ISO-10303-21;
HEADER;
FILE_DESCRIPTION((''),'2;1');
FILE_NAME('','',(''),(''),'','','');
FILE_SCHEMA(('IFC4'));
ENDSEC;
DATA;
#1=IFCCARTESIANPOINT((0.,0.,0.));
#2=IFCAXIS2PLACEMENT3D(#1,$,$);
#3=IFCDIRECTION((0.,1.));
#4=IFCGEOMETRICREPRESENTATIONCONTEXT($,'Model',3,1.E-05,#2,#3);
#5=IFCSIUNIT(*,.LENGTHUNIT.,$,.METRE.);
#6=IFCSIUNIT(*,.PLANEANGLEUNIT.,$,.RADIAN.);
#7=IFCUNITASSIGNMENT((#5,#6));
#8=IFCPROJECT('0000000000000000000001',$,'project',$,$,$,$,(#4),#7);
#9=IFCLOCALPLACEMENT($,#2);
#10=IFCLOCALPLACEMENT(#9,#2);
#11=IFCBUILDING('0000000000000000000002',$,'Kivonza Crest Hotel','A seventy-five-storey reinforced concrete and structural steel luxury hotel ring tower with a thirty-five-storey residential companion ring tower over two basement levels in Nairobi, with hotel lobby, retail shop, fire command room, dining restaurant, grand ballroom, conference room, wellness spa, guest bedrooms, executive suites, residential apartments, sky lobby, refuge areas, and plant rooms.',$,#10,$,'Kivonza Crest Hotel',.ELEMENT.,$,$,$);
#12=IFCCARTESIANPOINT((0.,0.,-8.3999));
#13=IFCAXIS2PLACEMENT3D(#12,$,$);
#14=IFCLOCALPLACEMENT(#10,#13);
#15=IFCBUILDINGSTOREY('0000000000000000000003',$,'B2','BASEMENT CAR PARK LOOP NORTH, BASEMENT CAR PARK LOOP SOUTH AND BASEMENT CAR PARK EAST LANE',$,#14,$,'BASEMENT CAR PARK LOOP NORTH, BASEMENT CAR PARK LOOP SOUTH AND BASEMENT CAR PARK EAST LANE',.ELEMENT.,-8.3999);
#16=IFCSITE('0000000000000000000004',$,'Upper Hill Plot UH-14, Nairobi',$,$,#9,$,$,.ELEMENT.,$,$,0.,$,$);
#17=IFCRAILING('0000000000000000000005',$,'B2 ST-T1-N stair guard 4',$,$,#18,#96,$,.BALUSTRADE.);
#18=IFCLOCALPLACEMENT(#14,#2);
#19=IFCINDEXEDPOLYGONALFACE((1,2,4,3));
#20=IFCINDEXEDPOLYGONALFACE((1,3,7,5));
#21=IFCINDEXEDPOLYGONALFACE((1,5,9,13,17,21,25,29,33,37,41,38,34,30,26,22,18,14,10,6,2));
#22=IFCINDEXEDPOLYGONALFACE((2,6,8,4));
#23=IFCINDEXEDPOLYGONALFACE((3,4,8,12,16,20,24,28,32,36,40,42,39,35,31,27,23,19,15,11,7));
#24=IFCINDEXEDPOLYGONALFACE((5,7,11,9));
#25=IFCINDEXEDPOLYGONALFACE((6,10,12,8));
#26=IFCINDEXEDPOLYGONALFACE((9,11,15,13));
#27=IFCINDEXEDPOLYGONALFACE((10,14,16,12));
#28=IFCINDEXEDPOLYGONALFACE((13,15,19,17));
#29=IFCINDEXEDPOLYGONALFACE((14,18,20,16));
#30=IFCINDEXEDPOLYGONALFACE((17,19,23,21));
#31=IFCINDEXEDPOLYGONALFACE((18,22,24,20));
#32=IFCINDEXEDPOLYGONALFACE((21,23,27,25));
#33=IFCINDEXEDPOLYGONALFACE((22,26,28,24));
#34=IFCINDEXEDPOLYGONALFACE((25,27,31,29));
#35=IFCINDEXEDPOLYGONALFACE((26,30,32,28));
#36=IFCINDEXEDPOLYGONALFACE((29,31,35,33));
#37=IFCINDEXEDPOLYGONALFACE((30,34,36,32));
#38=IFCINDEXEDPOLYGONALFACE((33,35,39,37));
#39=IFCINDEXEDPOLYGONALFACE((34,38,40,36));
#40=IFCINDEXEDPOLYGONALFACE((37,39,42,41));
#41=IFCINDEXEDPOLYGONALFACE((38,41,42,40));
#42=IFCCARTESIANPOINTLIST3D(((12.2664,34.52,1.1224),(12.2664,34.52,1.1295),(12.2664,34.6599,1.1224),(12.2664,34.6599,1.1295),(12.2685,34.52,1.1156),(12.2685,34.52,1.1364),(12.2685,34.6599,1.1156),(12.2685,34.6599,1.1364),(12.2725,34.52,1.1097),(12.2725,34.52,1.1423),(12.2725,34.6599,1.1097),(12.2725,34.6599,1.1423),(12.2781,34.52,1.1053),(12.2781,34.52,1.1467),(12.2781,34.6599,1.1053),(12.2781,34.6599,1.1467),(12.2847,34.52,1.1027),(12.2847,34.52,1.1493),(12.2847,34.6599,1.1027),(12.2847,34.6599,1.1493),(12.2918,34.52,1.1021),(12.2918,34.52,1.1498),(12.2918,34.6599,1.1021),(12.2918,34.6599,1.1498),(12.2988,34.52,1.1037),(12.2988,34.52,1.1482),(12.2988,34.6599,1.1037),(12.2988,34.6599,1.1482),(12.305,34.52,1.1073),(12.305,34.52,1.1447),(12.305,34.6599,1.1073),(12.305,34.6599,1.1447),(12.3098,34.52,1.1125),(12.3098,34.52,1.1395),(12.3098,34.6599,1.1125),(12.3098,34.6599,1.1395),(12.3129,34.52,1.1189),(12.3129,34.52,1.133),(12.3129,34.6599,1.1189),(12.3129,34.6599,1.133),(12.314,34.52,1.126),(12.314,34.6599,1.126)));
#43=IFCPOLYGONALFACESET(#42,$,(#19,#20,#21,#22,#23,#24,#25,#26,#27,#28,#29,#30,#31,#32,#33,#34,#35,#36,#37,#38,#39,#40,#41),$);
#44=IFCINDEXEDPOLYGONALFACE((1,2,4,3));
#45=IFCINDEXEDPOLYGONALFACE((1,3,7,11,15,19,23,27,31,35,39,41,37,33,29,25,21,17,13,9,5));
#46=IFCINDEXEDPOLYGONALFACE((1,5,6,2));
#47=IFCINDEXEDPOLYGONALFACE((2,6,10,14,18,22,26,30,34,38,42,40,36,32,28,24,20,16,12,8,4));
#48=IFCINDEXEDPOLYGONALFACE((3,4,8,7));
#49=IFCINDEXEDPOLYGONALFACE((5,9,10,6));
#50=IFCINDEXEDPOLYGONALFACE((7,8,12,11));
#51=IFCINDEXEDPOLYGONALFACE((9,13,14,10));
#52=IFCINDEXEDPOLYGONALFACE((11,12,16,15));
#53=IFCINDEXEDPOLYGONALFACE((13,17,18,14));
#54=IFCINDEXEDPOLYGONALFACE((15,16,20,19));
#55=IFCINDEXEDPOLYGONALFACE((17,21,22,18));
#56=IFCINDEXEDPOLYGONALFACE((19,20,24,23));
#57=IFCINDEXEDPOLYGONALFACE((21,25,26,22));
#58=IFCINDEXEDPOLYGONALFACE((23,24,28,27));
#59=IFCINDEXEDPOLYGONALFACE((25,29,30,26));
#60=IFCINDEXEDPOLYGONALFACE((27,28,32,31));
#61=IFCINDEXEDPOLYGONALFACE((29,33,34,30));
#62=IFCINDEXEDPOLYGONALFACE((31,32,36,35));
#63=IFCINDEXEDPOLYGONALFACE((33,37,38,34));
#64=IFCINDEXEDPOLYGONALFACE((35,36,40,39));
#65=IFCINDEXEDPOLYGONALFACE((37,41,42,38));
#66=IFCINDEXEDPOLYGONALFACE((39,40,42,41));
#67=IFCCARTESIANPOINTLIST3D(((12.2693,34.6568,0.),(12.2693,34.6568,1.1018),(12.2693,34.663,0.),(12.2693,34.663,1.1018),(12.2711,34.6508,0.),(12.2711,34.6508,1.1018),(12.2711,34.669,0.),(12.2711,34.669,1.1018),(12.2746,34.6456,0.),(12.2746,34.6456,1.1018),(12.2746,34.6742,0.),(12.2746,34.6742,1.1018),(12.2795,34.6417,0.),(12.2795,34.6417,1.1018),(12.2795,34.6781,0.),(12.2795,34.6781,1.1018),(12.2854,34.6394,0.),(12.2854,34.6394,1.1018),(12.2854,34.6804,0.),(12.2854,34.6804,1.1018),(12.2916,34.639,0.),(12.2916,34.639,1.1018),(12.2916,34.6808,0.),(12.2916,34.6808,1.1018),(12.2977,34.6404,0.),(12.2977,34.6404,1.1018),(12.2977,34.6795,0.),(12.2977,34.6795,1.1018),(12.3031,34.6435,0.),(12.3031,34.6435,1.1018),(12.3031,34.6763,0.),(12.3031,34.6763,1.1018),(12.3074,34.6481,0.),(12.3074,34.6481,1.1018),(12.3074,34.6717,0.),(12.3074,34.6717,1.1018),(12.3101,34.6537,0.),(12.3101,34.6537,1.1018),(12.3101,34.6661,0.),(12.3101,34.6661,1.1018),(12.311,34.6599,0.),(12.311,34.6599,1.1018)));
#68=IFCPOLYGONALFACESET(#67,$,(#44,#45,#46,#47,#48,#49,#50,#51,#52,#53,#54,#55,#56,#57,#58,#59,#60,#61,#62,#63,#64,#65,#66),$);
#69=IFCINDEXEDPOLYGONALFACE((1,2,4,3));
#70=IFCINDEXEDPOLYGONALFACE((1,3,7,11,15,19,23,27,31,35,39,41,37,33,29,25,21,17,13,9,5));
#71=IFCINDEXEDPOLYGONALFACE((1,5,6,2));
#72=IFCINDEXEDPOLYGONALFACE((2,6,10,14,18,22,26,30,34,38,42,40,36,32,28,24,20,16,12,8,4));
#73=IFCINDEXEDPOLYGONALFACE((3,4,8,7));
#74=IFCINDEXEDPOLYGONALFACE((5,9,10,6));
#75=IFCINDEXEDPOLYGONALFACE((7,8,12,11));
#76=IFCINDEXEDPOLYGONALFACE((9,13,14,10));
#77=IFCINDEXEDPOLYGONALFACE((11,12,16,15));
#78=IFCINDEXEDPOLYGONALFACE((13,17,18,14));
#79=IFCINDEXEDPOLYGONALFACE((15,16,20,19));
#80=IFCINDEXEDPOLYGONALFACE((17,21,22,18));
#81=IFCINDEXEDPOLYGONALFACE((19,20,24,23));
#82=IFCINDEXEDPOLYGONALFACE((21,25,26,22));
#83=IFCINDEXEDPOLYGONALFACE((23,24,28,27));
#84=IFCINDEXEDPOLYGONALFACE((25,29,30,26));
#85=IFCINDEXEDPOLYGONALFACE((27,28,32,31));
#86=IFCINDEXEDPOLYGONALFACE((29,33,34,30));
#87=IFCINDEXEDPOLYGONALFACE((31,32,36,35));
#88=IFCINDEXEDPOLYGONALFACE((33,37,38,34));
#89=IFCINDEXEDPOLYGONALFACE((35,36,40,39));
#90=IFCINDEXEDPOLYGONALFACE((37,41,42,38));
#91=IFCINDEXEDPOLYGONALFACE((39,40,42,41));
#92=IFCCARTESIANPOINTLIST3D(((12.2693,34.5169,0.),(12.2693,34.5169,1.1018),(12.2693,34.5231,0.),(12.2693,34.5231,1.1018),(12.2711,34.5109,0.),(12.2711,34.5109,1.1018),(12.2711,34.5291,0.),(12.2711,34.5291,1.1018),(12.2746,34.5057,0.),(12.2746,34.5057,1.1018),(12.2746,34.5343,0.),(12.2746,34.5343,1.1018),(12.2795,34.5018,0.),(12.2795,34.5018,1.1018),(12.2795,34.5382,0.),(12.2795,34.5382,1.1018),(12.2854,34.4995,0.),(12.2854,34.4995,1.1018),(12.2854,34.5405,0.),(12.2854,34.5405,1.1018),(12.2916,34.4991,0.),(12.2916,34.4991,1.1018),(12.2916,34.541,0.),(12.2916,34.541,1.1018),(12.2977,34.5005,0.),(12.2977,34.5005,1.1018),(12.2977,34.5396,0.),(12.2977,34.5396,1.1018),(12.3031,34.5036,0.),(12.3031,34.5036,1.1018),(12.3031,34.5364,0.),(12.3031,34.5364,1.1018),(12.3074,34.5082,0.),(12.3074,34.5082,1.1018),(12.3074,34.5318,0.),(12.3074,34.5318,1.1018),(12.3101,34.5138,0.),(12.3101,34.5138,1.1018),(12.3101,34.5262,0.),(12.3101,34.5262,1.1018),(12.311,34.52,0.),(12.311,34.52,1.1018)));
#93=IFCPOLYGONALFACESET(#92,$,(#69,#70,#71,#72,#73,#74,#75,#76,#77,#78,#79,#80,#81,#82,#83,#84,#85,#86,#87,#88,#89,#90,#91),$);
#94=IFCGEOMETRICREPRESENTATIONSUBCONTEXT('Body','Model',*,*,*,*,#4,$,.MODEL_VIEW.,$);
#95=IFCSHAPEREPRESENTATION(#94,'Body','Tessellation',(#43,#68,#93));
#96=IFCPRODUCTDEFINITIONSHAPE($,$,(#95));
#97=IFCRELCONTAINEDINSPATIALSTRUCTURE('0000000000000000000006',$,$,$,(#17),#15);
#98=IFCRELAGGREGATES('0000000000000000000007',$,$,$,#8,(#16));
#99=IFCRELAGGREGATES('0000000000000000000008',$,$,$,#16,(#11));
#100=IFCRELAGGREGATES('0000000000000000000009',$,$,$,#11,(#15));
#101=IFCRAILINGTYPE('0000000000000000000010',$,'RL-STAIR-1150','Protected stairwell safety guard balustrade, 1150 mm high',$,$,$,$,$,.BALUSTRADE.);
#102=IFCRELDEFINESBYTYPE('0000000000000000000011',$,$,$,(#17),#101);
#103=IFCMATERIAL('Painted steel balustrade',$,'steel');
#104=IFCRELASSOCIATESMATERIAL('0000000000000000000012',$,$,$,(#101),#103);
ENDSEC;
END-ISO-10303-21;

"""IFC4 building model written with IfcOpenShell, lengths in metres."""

from ifc_helpers import new_model, si_unit, direction, frame, origin, origin_2d, place, context, subcontext, project, spatial, circle, extrude, material, type_object, element, save


model = new_model("IFC4")

# Units and contexts
model_context = context("Model", 3, precision=1e-05, world=origin(), true_north=direction((0.0, 1.0)))
body_context = subcontext(model_context, "Body", "Model", "MODEL_VIEW")
ifc_project = project(units=[si_unit("LENGTHUNIT", "METRE"), si_unit("PLANEANGLEUNIT", "RADIAN")], contexts=[model_context])

# Site, building, storey
site_placement = place(None, origin())
site = spatial("IfcSite", under=ifc_project, at=site_placement, Name="Upper Hill Plot UH-14, Nairobi", CompositionType="ELEMENT", RefElevation=0.0)
building_placement = place(site_placement, origin())
building = spatial("IfcBuilding", under=site, at=building_placement, Name="Kivonza Crest Hotel", Description="A seventy-five-storey reinforced concrete and structural steel luxury hotel ring tower with a thirty-five-storey residential companion ring tower over two basement levels in Nairobi, with hotel lobby, retail shop, fire command room, dining restaurant, grand ballroom, conference room, wellness spa, guest bedrooms, executive suites, residential apartments, sky lobby, refuge areas, and plant rooms.", LongName="Kivonza Crest Hotel", CompositionType="ELEMENT")
storey_placement = place(building_placement, frame((0.0, 0.0, -8.3999)))
storey = spatial("IfcBuildingStorey", under=building, at=storey_placement, Name="B2", Description="BASEMENT CAR PARK LOOP NORTH, BASEMENT CAR PARK LOOP SOUTH AND BASEMENT CAR PARK EAST LANE", LongName="BASEMENT CAR PARK LOOP NORTH, BASEMENT CAR PARK LOOP SOUTH AND BASEMENT CAR PARK EAST LANE", CompositionType="ELEMENT", Elevation=-8.3999)

# Railing
ifc_material_1 = material(Name="Painted steel balustrade", Category="steel")
railing_type_1 = type_object("IfcRailingType", Name="RL-STAIR-1150", Description="Protected stairwell safety guard balustrade, 1150 mm high", PredefinedType="BALUSTRADE", material=ifc_material_1)
railing_1_placement = place(storey_placement, frame((12.29, 34.6599, 0.0)))
element("IfcRailing", 1, at=railing_1_placement, inside=storey, type_object=railing_type_1, Name="B2 ST-T1-N stair guard 4", PredefinedType="BALUSTRADE", context=body_context, shape_type="SweptSolid", body=[
    extrude(circle(Radius=0.0239, at=origin_2d()), frame((0.0, 0.0, 1.126), z_axis=(0.0, -1.0, 0.0), x_axis=(1.0, 0.0, 0.0)), (0.0, 0.0, 1.0), 0.1399),
    extrude(circle(Radius=0.021, at=origin_2d()), origin(), (0.0, 0.0, 1.0), 1.1018),
    extrude(circle(Radius=0.021, at=origin_2d()), frame((0.0, -0.1399, 0.0)), (0.0, 0.0, 1.0), 1.1018),
])

save(model, "model.ifc")
